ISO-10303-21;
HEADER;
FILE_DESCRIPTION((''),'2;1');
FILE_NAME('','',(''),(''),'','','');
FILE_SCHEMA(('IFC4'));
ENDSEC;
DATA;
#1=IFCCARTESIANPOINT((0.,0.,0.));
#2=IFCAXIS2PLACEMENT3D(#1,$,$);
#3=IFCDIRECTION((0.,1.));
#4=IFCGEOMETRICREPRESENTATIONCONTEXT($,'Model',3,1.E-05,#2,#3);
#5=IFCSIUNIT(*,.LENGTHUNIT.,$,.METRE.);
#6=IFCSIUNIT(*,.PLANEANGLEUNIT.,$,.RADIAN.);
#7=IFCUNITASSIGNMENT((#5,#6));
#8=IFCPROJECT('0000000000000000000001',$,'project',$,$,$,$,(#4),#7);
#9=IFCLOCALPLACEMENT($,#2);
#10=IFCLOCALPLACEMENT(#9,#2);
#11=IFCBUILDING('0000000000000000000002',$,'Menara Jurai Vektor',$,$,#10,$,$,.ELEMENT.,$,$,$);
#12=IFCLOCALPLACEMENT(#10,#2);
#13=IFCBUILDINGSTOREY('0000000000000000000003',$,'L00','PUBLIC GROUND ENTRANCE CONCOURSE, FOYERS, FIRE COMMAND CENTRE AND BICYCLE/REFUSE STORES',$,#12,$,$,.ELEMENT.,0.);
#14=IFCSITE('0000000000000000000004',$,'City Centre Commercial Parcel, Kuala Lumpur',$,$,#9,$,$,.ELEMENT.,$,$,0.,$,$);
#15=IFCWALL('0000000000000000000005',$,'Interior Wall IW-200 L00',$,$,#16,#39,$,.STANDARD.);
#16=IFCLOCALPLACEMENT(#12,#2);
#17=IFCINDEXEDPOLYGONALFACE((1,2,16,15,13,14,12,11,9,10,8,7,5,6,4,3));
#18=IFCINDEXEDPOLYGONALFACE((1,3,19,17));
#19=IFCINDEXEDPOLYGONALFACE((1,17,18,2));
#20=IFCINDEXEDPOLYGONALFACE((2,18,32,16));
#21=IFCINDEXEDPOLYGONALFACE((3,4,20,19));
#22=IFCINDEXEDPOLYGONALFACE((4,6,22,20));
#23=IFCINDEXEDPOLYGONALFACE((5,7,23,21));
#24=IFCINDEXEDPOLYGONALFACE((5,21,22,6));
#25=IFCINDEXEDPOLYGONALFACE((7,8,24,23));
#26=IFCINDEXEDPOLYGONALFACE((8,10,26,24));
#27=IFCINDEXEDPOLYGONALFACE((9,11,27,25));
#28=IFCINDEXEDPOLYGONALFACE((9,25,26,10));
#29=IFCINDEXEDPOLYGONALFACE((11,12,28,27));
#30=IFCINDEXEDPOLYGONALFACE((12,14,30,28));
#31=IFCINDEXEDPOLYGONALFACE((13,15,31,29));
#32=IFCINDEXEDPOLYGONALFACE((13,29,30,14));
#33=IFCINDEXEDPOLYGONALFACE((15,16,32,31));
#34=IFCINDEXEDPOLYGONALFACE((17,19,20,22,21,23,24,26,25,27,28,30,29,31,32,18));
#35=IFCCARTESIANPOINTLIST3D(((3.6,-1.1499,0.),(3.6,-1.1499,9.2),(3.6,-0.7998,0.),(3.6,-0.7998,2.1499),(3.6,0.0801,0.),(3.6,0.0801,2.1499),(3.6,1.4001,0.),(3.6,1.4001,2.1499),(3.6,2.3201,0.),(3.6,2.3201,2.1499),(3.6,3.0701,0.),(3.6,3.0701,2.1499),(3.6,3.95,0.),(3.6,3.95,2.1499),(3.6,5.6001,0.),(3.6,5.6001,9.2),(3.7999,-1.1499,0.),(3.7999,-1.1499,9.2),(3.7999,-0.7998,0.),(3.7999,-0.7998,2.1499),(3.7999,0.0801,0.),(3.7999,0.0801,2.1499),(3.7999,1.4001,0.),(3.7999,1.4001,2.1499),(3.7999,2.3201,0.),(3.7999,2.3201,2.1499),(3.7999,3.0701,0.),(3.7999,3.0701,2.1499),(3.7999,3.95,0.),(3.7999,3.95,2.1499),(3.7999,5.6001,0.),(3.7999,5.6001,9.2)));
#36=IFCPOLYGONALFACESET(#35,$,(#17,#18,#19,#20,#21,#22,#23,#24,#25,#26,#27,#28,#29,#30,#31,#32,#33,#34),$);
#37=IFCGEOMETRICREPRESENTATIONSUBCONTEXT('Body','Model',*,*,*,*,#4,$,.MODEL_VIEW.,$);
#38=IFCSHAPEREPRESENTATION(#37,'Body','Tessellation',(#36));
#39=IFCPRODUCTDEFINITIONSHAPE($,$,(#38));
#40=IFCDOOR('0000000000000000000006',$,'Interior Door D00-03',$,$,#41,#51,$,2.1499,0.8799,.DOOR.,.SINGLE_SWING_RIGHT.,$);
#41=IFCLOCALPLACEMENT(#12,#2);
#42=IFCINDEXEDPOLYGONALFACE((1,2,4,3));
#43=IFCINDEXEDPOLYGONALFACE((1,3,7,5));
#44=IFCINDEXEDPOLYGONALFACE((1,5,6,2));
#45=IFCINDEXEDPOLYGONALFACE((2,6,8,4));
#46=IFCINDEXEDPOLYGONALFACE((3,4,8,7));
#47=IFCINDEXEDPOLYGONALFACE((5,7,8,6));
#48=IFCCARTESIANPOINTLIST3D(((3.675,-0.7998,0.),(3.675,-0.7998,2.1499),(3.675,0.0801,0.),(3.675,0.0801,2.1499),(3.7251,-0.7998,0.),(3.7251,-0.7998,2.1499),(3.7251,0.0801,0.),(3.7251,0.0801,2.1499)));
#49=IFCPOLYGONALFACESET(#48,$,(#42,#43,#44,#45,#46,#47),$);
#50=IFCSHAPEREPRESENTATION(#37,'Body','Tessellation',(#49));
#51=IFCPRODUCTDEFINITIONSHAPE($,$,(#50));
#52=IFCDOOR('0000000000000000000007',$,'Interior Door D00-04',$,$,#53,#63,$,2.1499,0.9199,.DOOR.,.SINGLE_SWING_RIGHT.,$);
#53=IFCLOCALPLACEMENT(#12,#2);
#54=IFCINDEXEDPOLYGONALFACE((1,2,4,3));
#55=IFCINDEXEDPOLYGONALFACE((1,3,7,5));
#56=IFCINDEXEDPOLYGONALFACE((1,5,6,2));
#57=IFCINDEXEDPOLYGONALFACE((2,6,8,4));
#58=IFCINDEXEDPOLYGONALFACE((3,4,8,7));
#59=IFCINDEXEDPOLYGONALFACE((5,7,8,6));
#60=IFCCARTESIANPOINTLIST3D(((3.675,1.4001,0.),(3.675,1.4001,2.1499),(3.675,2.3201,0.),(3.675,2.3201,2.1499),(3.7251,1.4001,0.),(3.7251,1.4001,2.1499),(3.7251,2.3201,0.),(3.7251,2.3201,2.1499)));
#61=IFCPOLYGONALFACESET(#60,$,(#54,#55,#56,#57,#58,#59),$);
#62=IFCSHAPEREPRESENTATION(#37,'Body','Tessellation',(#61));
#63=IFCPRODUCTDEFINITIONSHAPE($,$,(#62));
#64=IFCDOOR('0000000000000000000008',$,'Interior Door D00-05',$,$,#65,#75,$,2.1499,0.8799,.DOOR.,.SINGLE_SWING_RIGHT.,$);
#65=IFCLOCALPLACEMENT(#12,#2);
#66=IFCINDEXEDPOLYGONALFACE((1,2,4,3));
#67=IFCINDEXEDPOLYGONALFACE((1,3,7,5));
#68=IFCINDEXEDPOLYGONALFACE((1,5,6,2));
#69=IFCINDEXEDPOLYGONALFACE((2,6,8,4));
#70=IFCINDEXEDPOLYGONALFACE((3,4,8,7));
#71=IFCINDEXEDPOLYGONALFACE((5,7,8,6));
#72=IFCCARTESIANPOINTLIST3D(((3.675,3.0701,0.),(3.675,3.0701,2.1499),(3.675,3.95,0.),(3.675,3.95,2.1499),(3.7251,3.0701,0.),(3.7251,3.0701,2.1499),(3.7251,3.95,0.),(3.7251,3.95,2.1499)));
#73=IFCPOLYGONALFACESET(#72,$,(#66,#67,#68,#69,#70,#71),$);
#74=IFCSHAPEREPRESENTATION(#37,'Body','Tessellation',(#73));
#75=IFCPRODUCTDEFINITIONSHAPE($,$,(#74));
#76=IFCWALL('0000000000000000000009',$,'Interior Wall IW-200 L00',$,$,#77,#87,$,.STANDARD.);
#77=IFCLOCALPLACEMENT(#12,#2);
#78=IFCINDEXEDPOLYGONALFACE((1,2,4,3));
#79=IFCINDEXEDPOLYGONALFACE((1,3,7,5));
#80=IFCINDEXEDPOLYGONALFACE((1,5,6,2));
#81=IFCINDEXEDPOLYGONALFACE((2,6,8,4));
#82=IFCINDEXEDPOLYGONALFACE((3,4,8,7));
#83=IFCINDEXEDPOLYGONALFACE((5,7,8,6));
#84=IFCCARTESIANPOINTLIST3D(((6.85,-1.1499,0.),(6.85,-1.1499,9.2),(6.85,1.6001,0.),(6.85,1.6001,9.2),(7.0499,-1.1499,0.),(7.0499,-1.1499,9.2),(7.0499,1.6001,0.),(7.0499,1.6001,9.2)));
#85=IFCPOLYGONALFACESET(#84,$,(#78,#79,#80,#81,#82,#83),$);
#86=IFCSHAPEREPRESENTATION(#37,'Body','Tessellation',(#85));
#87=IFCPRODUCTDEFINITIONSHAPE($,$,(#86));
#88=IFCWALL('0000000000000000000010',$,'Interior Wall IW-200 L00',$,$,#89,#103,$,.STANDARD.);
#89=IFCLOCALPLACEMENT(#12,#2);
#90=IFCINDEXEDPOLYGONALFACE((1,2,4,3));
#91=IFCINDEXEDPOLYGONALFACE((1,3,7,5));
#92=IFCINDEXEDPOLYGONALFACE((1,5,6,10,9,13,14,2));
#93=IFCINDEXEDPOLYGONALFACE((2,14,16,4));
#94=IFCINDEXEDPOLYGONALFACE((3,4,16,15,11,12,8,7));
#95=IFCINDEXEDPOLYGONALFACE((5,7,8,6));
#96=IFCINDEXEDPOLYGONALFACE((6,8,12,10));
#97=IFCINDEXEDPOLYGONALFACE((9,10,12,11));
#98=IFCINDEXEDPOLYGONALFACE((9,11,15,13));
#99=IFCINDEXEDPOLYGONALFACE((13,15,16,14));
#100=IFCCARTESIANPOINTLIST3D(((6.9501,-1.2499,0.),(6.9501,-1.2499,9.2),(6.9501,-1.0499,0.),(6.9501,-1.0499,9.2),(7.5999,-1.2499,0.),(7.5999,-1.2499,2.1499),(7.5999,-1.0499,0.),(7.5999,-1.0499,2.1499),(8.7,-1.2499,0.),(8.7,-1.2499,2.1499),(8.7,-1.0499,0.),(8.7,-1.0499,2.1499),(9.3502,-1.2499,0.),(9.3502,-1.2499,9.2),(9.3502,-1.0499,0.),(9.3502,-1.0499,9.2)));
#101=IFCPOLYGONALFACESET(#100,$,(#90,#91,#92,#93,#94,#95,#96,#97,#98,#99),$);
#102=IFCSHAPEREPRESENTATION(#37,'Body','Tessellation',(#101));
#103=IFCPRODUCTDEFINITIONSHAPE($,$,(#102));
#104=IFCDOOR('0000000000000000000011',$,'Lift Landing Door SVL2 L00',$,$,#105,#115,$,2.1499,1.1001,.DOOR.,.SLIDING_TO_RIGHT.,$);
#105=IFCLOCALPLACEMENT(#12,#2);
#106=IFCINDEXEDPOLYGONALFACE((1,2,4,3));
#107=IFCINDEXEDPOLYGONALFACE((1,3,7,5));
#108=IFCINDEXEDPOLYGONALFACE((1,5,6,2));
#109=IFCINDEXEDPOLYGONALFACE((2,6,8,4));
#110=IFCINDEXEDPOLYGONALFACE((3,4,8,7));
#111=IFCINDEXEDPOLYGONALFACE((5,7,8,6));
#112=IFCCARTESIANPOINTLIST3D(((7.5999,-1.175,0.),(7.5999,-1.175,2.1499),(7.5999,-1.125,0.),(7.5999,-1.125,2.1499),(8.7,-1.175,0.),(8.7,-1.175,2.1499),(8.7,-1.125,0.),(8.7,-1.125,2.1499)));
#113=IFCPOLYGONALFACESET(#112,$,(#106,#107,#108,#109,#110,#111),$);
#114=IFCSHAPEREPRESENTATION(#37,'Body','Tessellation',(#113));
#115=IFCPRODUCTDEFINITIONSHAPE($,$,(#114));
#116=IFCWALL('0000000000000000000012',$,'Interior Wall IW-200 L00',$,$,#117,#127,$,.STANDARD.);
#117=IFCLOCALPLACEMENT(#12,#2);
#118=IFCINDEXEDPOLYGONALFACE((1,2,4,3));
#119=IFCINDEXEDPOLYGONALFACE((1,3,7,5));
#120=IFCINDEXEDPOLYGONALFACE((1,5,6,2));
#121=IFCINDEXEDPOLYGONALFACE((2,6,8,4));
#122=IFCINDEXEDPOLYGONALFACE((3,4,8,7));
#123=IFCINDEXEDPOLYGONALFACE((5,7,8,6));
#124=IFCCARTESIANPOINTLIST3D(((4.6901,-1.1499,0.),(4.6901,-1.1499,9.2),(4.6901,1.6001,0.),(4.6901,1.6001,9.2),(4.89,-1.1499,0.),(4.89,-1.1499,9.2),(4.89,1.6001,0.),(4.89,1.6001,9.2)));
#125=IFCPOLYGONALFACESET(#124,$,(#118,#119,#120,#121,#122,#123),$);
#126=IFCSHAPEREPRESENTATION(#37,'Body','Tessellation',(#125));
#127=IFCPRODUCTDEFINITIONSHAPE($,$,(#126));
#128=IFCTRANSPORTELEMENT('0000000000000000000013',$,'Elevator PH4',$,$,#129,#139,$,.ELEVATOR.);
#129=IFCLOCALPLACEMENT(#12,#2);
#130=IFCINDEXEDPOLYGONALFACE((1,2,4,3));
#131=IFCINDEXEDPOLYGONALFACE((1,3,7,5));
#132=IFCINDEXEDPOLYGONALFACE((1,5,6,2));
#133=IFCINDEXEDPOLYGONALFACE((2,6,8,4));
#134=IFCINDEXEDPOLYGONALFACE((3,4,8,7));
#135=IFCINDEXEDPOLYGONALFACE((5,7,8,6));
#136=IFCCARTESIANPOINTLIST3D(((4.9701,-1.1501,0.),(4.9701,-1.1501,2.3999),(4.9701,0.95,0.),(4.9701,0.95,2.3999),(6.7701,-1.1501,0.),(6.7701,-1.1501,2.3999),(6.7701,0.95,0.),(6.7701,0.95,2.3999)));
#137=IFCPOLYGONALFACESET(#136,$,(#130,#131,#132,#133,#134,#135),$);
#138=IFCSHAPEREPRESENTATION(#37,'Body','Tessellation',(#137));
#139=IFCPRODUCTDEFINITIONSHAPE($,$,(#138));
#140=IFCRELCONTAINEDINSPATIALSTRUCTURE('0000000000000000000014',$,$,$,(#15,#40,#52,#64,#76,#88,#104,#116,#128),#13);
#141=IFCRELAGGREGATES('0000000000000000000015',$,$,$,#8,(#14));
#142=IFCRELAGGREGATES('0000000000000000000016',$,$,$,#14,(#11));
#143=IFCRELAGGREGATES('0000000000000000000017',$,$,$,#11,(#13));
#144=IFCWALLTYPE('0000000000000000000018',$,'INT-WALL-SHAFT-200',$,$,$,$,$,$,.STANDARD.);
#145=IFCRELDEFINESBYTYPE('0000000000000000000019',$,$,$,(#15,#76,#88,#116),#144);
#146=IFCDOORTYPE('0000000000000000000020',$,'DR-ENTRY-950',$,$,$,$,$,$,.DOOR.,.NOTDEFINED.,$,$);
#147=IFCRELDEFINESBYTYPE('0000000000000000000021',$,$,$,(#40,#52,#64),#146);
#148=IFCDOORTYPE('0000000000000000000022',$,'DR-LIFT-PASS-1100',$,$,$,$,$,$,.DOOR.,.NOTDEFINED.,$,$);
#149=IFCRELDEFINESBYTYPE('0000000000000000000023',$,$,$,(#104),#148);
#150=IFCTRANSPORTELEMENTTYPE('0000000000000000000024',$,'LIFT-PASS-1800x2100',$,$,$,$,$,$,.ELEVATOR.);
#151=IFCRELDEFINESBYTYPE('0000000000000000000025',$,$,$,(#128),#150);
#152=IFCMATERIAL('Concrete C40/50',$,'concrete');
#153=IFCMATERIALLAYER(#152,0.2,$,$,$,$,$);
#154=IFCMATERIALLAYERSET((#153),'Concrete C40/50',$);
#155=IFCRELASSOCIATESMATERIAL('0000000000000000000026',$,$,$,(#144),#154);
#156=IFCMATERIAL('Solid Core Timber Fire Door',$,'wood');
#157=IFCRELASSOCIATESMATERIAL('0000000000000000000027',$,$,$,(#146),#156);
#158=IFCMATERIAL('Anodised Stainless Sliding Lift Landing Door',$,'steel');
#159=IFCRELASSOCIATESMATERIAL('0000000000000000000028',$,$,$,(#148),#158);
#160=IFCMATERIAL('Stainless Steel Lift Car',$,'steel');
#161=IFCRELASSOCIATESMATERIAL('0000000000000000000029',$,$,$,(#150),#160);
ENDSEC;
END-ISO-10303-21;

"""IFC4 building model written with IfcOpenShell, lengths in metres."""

from ifc_helpers import new_model, si_unit, direction, frame, frame_2d, origin, origin_2d, place, context, subcontext, project, spatial, rectangle, extrude, material, layer, layer_set, type_object, element, fill, save


model = new_model("IFC4")

# Units and contexts
model_context = context("Model", 3, precision=1e-05, world=origin(), true_north=direction((0.0, 1.0)))
body_context = subcontext(model_context, "Body", "Model", "MODEL_VIEW")
ifc_project = project(units=[si_unit("LENGTHUNIT", "METRE"), si_unit("PLANEANGLEUNIT", "RADIAN")], contexts=[model_context])

# Site, building, storey
site_placement = place(None, origin())
site = spatial("IfcSite", under=ifc_project, at=site_placement, Name="City Centre Commercial Parcel, Kuala Lumpur", CompositionType="ELEMENT", RefElevation=0.0)
building_placement = place(site_placement, origin())
building = spatial("IfcBuilding", under=site, at=building_placement, Name="Menara Jurai Vektor", CompositionType="ELEMENT")
storey_placement = place(building_placement, origin())
storey = spatial("IfcBuildingStorey", under=building, at=storey_placement, Name="L00", Description="PUBLIC GROUND ENTRANCE CONCOURSE, FOYERS, FIRE COMMAND CENTRE AND BICYCLE/REFUSE STORES", CompositionType="ELEMENT", Elevation=0.0)

# Shared definitions
ifc_material_1 = material(Name="Concrete C40/50", Category="concrete")

# Wall, openings, doors
ifc_layer_1 = layer(ifc_material_1, 0.2)
ifc_layer_set_1 = layer_set([ifc_layer_1], Name="Concrete C40/50")
wall_type_1 = type_object("IfcWallType", Name="INT-WALL-SHAFT-200", PredefinedType="STANDARD", material=ifc_layer_set_1)
wall_1_placement = place(storey_placement, frame((3.7, -1.1499, 0.0), z_axis=(0.0, 0.0, 1.0), x_axis=(0.0, 1.0, 0.0)))
wall_1 = element("IfcWall", 1, at=wall_1_placement, inside=storey, type_object=wall_type_1, Name="Interior Wall IW-200 L00", PredefinedType="STANDARD", context=body_context, shape_type="SweptSolid", body=[
    extrude(rectangle(XDim=6.75, YDim=0.2, at=frame_2d((3.375, 0.0))), origin(), (0.0, 0.0, 1.0), 9.2),
])
opening_1_placement = place(wall_1_placement, frame((0.3501, 0.0, 0.0)))
opening_1 = element("IfcOpeningElement", 2, at=opening_1_placement, cuts=wall_1, PredefinedType="OPENING", context=body_context, shape_type="SweptSolid", body=[
    extrude(rectangle(XDim=0.8799, YDim=2.1499, at=frame_2d((0.4399, 1.075))), frame((0.0, 0.1099, 0.0), z_axis=(0.0, -1.0, 0.0), x_axis=(1.0, 0.0, 0.0)), (0.0, 0.0, 1.0), 0.22),
])
opening_2_placement = place(wall_1_placement, frame((2.55, 0.0, 0.0)))
opening_2 = element("IfcOpeningElement", 3, at=opening_2_placement, cuts=wall_1, PredefinedType="OPENING", context=body_context, shape_type="SweptSolid", body=[
    extrude(rectangle(XDim=0.9199, YDim=2.1499, at=frame_2d((0.46, 1.075))), frame((0.0, 0.1099, 0.0), z_axis=(0.0, -1.0, 0.0), x_axis=(1.0, 0.0, 0.0)), (0.0, 0.0, 1.0), 0.22),
])
opening_3_placement = place(wall_1_placement, frame((4.22, 0.0, 0.0)))
opening_3 = element("IfcOpeningElement", 4, at=opening_3_placement, cuts=wall_1, PredefinedType="OPENING", context=body_context, shape_type="SweptSolid", body=[
    extrude(rectangle(XDim=0.8799, YDim=2.1499, at=frame_2d((0.4399, 1.075))), frame((0.0, 0.1099, 0.0), z_axis=(0.0, -1.0, 0.0), x_axis=(1.0, 0.0, 0.0)), (0.0, 0.0, 1.0), 0.22),
])
ifc_material_2 = material(Name="Solid Core Timber Fire Door", Category="wood")
door_type_1 = type_object("IfcDoorType", Name="DR-ENTRY-950", OperationType="NOTDEFINED", PredefinedType="DOOR", material=ifc_material_2)
door_1_placement = place(opening_1_placement, origin())
door_1 = element("IfcDoor", 5, at=door_1_placement, inside=storey, type_object=door_type_1, Name="Interior Door D00-03", OperationType="SINGLE_SWING_RIGHT", OverallHeight=2.1499, OverallWidth=0.8799, PredefinedType="DOOR", context=body_context, shape_type="SweptSolid", body=[
    extrude(rectangle(XDim=0.8799, YDim=2.1499, at=frame_2d((0.4399, 1.075))), frame((0.0, 0.0249, 0.0), z_axis=(0.0, -1.0, 0.0), x_axis=(1.0, 0.0, 0.0)), (0.0, 0.0, 1.0), 0.05),
])
fill(opening_1, door_1)
door_2_placement = place(opening_2_placement, origin())
door_2 = element("IfcDoor", 6, at=door_2_placement, inside=storey, type_object=door_type_1, Name="Interior Door D00-04", OperationType="SINGLE_SWING_RIGHT", OverallHeight=2.1499, OverallWidth=0.9199, PredefinedType="DOOR", context=body_context, shape_type="SweptSolid", body=[
    extrude(rectangle(XDim=0.9199, YDim=2.1499, at=frame_2d((0.46, 1.075))), frame((0.0, 0.0249, 0.0), z_axis=(0.0, -1.0, 0.0), x_axis=(1.0, 0.0, 0.0)), (0.0, 0.0, 1.0), 0.05),
])
fill(opening_2, door_2)
door_3_placement = place(opening_3_placement, origin())
door_3 = element("IfcDoor", 7, at=door_3_placement, inside=storey, type_object=door_type_1, Name="Interior Door D00-05", OperationType="SINGLE_SWING_RIGHT", OverallHeight=2.1499, OverallWidth=0.8799, PredefinedType="DOOR", context=body_context, shape_type="SweptSolid", body=[
    extrude(rectangle(XDim=0.8799, YDim=2.1499, at=frame_2d((0.4399, 1.075))), frame((0.0, 0.0249, 0.0), z_axis=(0.0, -1.0, 0.0), x_axis=(1.0, 0.0, 0.0)), (0.0, 0.0, 1.0), 0.05),
])
fill(opening_3, door_3)

# Wall
wall_2_placement = place(storey_placement, frame((6.95, -1.1499, 0.0), z_axis=(0.0, 0.0, 1.0), x_axis=(0.0, 1.0, 0.0)))
element("IfcWall", 8, at=wall_2_placement, inside=storey, type_object=wall_type_1, Name="Interior Wall IW-200 L00", PredefinedType="STANDARD", context=body_context, shape_type="SweptSolid", body=[
    extrude(rectangle(XDim=2.75, YDim=0.2, at=frame_2d((1.375, 0.0))), origin(), (0.0, 0.0, 1.0), 9.2),
])

# Wall, opening, door
wall_3_placement = place(storey_placement, frame((6.95, -1.1499, 0.0), z_axis=(0.0, 0.0, 1.0), x_axis=(1.0, 0.0, 0.0)))
wall_3 = element("IfcWall", 9, at=wall_3_placement, inside=storey, type_object=wall_type_1, Name="Interior Wall IW-200 L00", PredefinedType="STANDARD", context=body_context, shape_type="SweptSolid", body=[
    extrude(rectangle(XDim=2.4001, YDim=0.2, at=frame_2d((1.2002, 0.0))), origin(), (0.0, 0.0, 1.0), 9.2),
])
opening_4_placement = place(wall_3_placement, frame((0.6499, 0.0, 0.0)))
opening_4 = element("IfcOpeningElement", 10, at=opening_4_placement, cuts=wall_3, PredefinedType="OPENING", context=body_context, shape_type="SweptSolid", body=[
    extrude(rectangle(XDim=1.1001, YDim=2.1499, at=frame_2d((0.55, 1.075))), frame((0.0, 0.1099, 0.0), z_axis=(0.0, -1.0, 0.0), x_axis=(1.0, 0.0, 0.0)), (0.0, 0.0, 1.0), 0.22),
])
ifc_material_3 = material(Name="Anodised Stainless Sliding Lift Landing Door", Category="steel")
door_type_2 = type_object("IfcDoorType", Name="DR-LIFT-PASS-1100", OperationType="NOTDEFINED", PredefinedType="DOOR", material=ifc_material_3)
door_4_placement = place(opening_4_placement, origin())
door_4 = element("IfcDoor", 11, at=door_4_placement, inside=storey, type_object=door_type_2, Name="Lift Landing Door SVL2 L00", OperationType="SLIDING_TO_RIGHT", OverallHeight=2.1499, OverallWidth=1.1001, PredefinedType="DOOR", context=body_context, shape_type="SweptSolid", body=[
    extrude(rectangle(XDim=1.1001, YDim=2.1499, at=frame_2d((0.55, 1.075))), frame((0.0, 0.0249, 0.0), z_axis=(0.0, -1.0, 0.0), x_axis=(1.0, 0.0, 0.0)), (0.0, 0.0, 1.0), 0.05),
])
fill(opening_4, door_4)

# Wall
wall_4_placement = place(storey_placement, frame((4.79, -1.1499, 0.0), z_axis=(0.0, 0.0, 1.0), x_axis=(0.0, 1.0, 0.0)))
element("IfcWall", 12, at=wall_4_placement, inside=storey, type_object=wall_type_1, Name="Interior Wall IW-200 L00", PredefinedType="STANDARD", context=body_context, shape_type="SweptSolid", body=[
    extrude(rectangle(XDim=2.75, YDim=0.2, at=frame_2d((1.375, 0.0))), origin(), (0.0, 0.0, 1.0), 9.2),
])

# Transport element
ifc_material_4 = material(Name="Stainless Steel Lift Car", Category="steel")
transport_element_type = type_object("IfcTransportElementType", Name="LIFT-PASS-1800x2100", PredefinedType="ELEVATOR", material=ifc_material_4)
transport_element_placement = place(storey_placement, frame((5.8701, -0.1001, 0.0), z_axis=(0.0, 0.0, 1.0), x_axis=(1.0, 0.0, 0.0)))
element("IfcTransportElement", 13, at=transport_element_placement, inside=storey, type_object=transport_element_type, Name="Elevator PH4", PredefinedType="ELEVATOR", context=body_context, shape_type="SweptSolid", body=[
    extrude(rectangle(XDim=1.8, YDim=2.1001, at=origin_2d()), origin(), (0.0, 0.0, 1.0), 2.3999),
])

save(model, "model.ifc")
